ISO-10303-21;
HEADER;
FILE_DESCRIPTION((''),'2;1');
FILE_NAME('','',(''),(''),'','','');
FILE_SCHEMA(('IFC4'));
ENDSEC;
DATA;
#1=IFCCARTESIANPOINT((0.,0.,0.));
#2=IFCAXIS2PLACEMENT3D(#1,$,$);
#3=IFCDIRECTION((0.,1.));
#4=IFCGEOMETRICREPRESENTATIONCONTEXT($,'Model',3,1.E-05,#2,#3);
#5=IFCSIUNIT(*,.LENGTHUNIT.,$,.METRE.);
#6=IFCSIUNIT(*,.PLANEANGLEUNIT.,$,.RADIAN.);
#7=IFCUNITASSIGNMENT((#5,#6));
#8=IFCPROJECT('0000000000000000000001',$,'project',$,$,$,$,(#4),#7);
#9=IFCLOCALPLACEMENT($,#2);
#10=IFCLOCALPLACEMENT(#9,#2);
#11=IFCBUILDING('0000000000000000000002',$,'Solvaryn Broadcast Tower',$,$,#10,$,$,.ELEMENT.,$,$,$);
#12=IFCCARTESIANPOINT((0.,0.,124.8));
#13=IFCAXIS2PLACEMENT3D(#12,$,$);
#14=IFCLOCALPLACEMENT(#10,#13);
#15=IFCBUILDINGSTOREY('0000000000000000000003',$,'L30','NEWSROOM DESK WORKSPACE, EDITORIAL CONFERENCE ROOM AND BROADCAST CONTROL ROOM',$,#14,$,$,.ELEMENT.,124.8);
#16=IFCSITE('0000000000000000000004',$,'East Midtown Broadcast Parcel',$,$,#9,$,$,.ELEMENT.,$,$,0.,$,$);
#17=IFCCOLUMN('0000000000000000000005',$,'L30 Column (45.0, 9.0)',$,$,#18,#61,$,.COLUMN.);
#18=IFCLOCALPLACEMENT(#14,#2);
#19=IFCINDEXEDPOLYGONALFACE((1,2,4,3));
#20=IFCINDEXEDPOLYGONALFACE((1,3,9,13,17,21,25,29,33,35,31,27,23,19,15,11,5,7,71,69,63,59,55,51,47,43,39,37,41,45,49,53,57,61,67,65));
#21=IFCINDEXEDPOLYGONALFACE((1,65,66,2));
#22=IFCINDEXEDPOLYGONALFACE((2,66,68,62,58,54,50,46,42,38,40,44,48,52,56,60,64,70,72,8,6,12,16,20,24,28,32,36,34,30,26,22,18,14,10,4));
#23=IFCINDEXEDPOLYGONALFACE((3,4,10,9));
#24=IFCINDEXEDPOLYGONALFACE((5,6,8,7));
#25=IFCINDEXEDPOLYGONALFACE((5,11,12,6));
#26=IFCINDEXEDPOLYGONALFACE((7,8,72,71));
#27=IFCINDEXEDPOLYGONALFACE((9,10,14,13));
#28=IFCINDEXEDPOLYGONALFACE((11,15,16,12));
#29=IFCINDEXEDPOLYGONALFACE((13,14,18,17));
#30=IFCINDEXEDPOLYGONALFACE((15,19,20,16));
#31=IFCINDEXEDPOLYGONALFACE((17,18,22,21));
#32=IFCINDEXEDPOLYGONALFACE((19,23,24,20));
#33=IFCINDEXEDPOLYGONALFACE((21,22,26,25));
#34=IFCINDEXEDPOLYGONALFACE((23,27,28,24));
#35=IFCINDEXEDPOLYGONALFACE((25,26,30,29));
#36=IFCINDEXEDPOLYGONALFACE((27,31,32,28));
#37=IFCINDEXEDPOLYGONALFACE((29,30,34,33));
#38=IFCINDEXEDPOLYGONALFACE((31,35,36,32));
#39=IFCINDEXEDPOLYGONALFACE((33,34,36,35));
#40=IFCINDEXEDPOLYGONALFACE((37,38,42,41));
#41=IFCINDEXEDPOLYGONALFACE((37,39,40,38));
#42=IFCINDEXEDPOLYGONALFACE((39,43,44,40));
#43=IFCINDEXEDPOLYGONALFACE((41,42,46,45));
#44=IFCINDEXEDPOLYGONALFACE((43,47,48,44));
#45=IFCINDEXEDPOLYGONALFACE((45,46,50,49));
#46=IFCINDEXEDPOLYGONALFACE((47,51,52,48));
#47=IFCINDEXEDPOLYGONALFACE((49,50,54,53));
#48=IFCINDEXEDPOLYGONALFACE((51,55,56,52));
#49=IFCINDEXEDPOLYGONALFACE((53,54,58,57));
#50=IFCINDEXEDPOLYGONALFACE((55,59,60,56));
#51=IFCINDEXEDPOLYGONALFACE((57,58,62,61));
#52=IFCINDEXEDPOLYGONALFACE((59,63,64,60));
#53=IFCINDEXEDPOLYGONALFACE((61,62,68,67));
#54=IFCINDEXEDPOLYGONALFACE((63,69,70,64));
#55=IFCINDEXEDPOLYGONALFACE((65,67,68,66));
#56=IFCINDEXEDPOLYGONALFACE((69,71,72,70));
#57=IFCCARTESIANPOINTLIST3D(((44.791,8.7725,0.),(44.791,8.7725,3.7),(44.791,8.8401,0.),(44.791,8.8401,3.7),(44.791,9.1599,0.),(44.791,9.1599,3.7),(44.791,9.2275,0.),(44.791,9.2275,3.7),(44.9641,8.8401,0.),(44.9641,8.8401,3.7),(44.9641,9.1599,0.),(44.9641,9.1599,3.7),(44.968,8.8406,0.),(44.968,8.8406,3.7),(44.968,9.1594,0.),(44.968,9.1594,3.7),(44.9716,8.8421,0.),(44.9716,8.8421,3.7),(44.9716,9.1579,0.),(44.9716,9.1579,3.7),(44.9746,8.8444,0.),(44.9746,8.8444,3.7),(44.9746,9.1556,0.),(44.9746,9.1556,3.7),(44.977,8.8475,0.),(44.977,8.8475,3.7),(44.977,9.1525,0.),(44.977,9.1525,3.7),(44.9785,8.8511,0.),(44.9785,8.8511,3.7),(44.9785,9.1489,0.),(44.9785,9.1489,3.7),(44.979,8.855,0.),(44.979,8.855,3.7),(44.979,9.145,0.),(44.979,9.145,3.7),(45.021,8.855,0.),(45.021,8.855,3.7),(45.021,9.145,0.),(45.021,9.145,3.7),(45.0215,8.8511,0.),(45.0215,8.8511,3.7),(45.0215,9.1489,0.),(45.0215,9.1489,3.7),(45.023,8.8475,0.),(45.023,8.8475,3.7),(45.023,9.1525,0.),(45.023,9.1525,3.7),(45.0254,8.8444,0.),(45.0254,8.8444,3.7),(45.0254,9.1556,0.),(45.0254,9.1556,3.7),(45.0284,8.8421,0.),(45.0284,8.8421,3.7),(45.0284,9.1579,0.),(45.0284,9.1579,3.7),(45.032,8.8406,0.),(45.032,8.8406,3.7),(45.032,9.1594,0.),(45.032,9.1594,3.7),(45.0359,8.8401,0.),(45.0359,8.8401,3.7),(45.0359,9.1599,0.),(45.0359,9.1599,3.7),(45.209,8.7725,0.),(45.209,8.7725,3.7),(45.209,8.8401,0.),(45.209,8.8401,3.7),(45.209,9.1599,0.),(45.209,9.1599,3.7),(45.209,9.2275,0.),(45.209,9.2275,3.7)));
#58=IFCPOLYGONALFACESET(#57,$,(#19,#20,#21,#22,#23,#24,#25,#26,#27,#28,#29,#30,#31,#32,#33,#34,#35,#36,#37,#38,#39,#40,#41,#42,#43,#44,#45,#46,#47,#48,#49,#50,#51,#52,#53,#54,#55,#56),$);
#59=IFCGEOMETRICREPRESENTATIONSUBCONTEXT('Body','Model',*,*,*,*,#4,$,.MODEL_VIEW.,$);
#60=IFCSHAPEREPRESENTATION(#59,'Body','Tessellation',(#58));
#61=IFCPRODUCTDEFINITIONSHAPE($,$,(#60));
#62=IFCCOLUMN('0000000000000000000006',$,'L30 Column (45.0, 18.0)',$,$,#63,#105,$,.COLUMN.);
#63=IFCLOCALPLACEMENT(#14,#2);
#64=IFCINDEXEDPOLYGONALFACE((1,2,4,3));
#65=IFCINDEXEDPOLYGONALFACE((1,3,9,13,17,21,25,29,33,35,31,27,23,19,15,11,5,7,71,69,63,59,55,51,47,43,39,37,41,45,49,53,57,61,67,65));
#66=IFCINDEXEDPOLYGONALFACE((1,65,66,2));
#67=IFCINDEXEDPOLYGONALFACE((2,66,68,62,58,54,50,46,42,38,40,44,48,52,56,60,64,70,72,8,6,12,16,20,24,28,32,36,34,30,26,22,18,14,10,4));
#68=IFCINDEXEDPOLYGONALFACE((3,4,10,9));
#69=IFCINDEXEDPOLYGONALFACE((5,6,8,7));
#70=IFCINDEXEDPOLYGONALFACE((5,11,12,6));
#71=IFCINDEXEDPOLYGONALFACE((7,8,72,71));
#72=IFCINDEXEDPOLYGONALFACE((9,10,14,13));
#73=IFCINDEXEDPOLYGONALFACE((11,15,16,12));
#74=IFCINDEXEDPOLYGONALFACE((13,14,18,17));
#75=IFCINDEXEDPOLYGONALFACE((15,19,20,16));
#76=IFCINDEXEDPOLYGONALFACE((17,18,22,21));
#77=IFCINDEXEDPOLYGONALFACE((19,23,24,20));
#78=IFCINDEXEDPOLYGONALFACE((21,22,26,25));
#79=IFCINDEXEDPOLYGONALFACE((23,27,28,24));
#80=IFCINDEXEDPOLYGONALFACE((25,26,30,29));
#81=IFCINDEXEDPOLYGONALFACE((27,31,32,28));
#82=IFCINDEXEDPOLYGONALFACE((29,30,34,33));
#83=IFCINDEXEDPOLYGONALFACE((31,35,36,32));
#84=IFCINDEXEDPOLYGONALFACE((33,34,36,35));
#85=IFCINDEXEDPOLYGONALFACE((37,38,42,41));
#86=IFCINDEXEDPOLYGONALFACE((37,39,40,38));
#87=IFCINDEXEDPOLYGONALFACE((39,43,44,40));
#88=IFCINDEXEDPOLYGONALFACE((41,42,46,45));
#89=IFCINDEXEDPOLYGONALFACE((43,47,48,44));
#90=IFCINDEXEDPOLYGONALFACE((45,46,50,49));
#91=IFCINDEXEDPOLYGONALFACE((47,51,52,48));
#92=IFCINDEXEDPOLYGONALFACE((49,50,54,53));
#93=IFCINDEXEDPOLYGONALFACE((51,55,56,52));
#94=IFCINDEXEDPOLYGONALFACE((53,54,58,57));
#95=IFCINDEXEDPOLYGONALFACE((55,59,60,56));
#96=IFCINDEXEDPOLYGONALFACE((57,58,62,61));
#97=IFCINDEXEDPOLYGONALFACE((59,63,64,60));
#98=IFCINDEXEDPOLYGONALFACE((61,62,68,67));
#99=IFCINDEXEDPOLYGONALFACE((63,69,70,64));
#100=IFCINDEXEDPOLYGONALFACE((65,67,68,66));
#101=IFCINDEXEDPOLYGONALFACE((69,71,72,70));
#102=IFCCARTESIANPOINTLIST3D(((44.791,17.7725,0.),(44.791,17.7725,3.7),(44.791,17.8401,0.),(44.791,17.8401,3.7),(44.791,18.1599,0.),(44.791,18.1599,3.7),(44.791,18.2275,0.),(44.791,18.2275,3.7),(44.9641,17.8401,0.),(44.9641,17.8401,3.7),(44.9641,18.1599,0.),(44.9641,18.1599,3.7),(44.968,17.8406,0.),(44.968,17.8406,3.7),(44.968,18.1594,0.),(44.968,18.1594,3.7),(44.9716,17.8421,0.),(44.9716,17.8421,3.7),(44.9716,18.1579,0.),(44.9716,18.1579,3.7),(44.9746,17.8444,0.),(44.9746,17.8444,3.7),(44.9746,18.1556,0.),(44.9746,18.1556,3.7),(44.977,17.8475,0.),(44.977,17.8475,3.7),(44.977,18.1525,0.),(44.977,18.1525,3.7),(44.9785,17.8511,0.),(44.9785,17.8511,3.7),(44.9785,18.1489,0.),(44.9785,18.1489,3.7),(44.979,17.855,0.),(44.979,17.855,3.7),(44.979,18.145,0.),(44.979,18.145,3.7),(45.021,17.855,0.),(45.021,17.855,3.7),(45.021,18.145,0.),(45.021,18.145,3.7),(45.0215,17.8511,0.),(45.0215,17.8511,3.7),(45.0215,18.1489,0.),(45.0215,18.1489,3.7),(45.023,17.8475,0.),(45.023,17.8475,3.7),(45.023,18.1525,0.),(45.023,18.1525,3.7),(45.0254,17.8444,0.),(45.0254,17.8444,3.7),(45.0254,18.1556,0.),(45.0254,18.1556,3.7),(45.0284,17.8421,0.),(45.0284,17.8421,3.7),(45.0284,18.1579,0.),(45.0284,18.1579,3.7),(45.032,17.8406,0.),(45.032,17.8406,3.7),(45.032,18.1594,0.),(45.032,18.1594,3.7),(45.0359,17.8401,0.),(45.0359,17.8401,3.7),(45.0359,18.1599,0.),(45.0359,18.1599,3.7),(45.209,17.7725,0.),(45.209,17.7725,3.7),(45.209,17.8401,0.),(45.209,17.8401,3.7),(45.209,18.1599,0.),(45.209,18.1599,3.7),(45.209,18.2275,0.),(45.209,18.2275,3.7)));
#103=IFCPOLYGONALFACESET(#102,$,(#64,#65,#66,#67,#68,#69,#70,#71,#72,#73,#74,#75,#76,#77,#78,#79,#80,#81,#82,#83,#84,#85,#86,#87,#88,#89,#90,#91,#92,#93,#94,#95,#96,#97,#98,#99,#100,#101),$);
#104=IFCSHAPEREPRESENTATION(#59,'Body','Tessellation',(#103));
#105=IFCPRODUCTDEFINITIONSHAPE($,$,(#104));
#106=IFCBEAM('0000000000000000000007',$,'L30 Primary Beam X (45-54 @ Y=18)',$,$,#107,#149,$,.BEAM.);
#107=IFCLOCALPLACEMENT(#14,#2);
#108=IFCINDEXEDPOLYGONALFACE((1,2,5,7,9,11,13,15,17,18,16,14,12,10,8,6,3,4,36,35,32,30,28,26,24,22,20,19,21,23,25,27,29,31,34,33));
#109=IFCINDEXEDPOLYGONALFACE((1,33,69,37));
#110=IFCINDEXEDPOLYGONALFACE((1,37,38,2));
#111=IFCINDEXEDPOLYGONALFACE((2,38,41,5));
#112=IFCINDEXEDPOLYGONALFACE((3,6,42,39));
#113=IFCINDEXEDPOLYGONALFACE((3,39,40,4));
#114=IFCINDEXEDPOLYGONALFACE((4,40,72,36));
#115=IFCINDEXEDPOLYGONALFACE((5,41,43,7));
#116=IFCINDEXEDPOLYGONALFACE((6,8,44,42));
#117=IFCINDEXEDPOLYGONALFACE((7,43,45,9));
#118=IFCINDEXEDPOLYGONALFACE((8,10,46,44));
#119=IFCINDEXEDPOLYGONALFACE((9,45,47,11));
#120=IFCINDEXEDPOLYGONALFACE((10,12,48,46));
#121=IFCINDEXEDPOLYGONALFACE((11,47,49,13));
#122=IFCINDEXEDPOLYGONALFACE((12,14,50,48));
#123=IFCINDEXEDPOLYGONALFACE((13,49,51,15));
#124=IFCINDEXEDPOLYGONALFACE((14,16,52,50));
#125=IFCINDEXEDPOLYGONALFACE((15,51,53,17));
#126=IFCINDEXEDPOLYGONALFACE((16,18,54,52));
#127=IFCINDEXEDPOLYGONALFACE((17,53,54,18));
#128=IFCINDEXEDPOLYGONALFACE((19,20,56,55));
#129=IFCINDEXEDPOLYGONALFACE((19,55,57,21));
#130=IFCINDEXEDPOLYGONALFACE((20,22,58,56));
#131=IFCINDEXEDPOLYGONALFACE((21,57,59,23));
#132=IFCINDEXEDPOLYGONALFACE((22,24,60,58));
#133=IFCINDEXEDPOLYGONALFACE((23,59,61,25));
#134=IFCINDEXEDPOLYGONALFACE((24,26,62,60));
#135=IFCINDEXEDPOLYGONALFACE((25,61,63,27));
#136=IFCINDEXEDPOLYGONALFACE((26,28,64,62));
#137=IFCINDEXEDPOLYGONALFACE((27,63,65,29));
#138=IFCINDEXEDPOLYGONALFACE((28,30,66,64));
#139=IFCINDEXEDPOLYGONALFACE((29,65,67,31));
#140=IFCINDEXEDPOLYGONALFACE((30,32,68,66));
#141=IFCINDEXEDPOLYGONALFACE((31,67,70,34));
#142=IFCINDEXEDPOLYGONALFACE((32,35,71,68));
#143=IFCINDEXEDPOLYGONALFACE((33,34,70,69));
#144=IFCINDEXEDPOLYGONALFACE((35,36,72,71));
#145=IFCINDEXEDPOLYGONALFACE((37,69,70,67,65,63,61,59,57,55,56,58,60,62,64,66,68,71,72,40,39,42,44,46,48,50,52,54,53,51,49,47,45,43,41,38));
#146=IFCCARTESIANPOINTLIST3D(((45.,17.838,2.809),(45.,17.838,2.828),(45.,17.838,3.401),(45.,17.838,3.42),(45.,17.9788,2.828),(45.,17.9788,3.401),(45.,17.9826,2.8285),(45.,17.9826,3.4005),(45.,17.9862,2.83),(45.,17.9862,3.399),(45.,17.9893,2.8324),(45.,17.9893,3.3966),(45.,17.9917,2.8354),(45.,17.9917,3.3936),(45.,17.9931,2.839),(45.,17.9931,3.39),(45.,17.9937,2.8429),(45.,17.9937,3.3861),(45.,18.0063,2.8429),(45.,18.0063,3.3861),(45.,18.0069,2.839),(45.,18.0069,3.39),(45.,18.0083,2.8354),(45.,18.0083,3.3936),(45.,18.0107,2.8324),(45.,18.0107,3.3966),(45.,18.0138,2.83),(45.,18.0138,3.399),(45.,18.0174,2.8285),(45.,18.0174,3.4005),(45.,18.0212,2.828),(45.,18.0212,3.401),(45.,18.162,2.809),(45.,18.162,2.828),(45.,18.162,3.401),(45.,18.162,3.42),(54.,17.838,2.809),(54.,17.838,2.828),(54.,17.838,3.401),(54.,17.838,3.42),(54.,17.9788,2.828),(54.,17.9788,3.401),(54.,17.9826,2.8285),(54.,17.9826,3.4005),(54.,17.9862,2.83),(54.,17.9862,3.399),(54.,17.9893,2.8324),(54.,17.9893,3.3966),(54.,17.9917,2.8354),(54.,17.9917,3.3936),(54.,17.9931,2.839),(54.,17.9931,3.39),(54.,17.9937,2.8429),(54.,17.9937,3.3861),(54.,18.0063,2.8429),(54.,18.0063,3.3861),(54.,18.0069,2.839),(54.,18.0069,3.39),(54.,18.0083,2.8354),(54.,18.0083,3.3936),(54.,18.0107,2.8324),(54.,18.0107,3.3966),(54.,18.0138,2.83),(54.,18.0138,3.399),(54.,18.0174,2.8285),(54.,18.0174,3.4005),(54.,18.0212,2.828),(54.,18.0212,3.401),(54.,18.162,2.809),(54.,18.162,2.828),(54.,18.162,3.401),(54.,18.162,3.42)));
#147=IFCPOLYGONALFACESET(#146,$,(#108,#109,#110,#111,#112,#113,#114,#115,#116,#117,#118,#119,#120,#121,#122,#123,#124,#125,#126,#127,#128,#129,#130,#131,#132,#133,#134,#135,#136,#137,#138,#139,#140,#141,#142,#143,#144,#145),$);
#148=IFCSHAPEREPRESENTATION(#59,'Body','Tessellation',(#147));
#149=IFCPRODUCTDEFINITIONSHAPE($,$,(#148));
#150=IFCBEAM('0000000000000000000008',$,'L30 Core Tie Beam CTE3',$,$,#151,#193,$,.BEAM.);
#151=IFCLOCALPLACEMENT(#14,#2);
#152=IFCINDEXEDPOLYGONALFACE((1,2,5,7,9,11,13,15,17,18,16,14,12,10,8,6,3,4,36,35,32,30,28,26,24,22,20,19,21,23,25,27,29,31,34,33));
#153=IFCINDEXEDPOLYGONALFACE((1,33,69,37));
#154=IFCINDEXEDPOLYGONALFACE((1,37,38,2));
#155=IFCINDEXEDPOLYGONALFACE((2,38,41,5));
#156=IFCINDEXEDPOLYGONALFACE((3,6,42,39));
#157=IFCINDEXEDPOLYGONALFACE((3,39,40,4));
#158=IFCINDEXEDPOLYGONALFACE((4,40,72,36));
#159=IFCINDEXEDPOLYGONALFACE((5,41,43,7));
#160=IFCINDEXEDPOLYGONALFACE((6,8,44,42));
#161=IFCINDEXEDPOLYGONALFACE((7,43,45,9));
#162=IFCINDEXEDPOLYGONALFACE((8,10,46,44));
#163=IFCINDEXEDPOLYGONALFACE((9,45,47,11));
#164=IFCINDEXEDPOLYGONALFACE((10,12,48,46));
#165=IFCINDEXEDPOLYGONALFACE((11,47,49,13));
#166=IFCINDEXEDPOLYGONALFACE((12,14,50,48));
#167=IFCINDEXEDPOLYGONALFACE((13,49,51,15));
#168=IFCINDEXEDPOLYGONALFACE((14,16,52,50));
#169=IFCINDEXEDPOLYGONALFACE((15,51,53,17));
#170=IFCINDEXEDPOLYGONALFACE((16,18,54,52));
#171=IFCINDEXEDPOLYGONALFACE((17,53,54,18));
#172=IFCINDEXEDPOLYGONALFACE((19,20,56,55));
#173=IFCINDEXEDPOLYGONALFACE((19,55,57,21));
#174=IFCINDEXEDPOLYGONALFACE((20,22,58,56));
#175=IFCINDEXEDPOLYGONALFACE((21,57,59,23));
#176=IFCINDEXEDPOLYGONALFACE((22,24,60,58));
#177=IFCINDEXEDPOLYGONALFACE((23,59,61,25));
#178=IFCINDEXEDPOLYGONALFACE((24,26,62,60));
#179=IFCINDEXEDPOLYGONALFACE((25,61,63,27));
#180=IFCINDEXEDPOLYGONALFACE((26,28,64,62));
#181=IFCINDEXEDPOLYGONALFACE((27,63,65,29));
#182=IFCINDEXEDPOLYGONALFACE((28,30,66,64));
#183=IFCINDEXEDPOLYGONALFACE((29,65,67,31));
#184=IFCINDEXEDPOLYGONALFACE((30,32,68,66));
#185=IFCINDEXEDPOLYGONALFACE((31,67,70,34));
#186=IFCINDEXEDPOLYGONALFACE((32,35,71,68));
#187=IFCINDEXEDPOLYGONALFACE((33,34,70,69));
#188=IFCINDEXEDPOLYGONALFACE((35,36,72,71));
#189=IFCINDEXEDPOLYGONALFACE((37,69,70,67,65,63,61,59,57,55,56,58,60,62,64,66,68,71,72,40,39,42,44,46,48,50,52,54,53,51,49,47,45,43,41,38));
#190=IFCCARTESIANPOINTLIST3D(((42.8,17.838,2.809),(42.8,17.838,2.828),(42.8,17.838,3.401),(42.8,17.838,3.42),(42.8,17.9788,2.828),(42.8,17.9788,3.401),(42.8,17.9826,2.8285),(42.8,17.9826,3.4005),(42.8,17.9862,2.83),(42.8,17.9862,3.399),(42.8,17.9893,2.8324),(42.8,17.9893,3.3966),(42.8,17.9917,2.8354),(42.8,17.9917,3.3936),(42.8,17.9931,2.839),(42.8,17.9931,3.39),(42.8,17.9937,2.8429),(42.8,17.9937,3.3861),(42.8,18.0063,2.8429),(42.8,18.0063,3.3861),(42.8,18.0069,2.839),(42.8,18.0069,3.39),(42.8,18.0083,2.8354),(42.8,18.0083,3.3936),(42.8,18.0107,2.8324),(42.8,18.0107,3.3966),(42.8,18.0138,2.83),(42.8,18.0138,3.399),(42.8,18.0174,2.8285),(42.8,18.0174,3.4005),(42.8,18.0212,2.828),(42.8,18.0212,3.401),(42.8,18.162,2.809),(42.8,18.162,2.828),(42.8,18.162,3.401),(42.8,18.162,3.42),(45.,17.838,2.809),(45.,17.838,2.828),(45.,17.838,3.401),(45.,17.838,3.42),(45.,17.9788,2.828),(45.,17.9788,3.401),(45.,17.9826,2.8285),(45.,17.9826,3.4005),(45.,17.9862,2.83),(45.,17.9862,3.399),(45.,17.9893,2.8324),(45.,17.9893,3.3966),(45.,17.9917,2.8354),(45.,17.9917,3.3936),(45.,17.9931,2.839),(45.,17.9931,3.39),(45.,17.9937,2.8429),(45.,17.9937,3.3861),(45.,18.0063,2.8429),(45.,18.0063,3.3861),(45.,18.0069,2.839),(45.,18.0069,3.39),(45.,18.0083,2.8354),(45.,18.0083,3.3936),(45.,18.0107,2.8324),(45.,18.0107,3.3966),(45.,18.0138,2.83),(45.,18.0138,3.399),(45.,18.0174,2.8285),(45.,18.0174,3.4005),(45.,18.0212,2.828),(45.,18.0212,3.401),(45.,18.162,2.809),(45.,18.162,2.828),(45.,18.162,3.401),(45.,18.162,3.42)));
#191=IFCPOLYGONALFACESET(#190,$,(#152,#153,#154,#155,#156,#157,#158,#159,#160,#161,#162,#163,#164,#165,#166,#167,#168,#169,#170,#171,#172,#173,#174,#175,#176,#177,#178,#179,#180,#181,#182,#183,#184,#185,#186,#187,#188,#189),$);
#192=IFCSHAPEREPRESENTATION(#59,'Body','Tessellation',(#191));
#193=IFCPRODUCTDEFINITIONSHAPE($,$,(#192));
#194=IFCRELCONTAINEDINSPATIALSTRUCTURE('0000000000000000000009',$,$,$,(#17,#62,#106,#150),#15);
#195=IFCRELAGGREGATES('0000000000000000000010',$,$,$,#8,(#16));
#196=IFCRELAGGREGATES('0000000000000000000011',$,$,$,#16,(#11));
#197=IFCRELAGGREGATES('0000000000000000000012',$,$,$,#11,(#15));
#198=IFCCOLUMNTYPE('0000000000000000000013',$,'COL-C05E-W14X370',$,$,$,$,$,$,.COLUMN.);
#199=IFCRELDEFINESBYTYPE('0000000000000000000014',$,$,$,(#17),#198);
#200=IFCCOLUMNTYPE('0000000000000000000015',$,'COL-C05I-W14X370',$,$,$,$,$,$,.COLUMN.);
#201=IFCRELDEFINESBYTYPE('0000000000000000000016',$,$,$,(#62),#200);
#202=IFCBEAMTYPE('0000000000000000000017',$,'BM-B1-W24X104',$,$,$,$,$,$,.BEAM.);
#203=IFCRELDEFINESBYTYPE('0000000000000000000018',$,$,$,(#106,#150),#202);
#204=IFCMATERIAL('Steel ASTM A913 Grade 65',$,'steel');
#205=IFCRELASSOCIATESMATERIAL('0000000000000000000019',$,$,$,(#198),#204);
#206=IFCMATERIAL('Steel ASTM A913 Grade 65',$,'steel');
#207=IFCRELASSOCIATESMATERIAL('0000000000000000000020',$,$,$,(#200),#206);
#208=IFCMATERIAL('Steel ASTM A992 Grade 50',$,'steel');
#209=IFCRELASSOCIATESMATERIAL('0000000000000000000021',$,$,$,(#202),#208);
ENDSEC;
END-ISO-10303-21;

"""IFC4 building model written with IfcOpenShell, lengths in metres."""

from ifc_helpers import new_model, si_unit, direction, frame, origin, origin_2d, place, context, subcontext, project, spatial, i_section, extrude, material, material_profile, profile_set, type_object, element, save


model = new_model("IFC4")

# Units and contexts
model_context = context("Model", 3, precision=1e-05, world=origin(), true_north=direction((0.0, 1.0)))
body_context = subcontext(model_context, "Body", "Model", "MODEL_VIEW")
ifc_project = project(units=[si_unit("LENGTHUNIT", "METRE"), si_unit("PLANEANGLEUNIT", "RADIAN")], contexts=[model_context])

# Site, building, storey
site_placement = place(None, origin())
site = spatial("IfcSite", under=ifc_project, at=site_placement, Name="East Midtown Broadcast Parcel", CompositionType="ELEMENT", RefElevation=0.0)
building_placement = place(site_placement, origin())
building = spatial("IfcBuilding", under=site, at=building_placement, Name="Solvaryn Broadcast Tower", CompositionType="ELEMENT")
storey_placement = place(building_placement, frame((0.0, 0.0, 124.8)))
storey = spatial("IfcBuildingStorey", under=building, at=storey_placement, Name="L30", Description="NEWSROOM DESK WORKSPACE, EDITORIAL CONFERENCE ROOM AND BROADCAST CONTROL ROOM", CompositionType="ELEMENT", Elevation=124.8)

# Columns
ifc_material_1 = material(Name="Steel ASTM A913 Grade 65", Category="steel")
ifc_material_profile_1 = material_profile(ifc_material_1, i_section(OverallWidth=0.418, OverallDepth=0.4551, WebThickness=0.042, FlangeThickness=0.0676, FilletRadius=0.0149, at=origin_2d()))
ifc_profile_set_1 = profile_set([ifc_material_profile_1], Name="Steel ASTM A913 Grade 65")
column_type_1 = type_object("IfcColumnType", Name="COL-C05E-W14X370", PredefinedType="COLUMN", material=ifc_profile_set_1)
column_1_placement = place(storey_placement, frame((45.0, 9.0, 0.0), z_axis=(0.0, 0.0, 1.0), x_axis=(1.0, 0.0, 0.0)))
element("IfcColumn", 1, at=column_1_placement, inside=storey, type_object=column_type_1, Name="L30 Column (45.0, 9.0)", PredefinedType="COLUMN", context=body_context, shape_type="SweptSolid", body=[
    extrude(i_section(OverallWidth=0.418, OverallDepth=0.4551, WebThickness=0.042, FlangeThickness=0.0676, FilletRadius=0.0149, at=origin_2d()), origin(), (0.0, 0.0, 1.0), 3.7),
])
ifc_material_2 = material(Name="Steel ASTM A913 Grade 65", Category="steel")
ifc_material_profile_2 = material_profile(ifc_material_2, i_section(OverallWidth=0.418, OverallDepth=0.4551, WebThickness=0.042, FlangeThickness=0.0676, FilletRadius=0.0149, at=origin_2d()))
ifc_profile_set_2 = profile_set([ifc_material_profile_2], Name="Steel ASTM A913 Grade 65")
column_type_2 = type_object("IfcColumnType", Name="COL-C05I-W14X370", PredefinedType="COLUMN", material=ifc_profile_set_2)
column_2_placement = place(storey_placement, frame((45.0, 18.0, 0.0), z_axis=(0.0, 0.0, 1.0), x_axis=(1.0, 0.0, 0.0)))
element("IfcColumn", 2, at=column_2_placement, inside=storey, type_object=column_type_2, Name="L30 Column (45.0, 18.0)", PredefinedType="COLUMN", context=body_context, shape_type="SweptSolid", body=[
    extrude(i_section(OverallWidth=0.418, OverallDepth=0.4551, WebThickness=0.042, FlangeThickness=0.0676, FilletRadius=0.0149, at=origin_2d()), origin(), (0.0, 0.0, 1.0), 3.7),
])

# Beams
ifc_material_3 = material(Name="Steel ASTM A992 Grade 50", Category="steel")
ifc_material_profile_3 = material_profile(ifc_material_3, i_section(OverallWidth=0.324, OverallDepth=0.6111, WebThickness=0.0127, FlangeThickness=0.019, FilletRadius=0.0149, at=origin_2d()))
ifc_profile_set_3 = profile_set([ifc_material_profile_3], Name="Steel ASTM A992 Grade 50")
beam_type = type_object("IfcBeamType", Name="BM-B1-W24X104", PredefinedType="BEAM", material=ifc_profile_set_3)
beam_1_placement = place(storey_placement, frame((45.0, 18.0, 3.1145), z_axis=(1.0, 0.0, 0.0), x_axis=(0.0, 1.0, 0.0)))
element("IfcBeam", 3, at=beam_1_placement, inside=storey, type_object=beam_type, Name="L30 Primary Beam X (45-54 @ Y=18)", PredefinedType="BEAM", context=body_context, shape_type="SweptSolid", body=[
    extrude(i_section(OverallWidth=0.324, OverallDepth=0.6111, WebThickness=0.0127, FlangeThickness=0.019, FilletRadius=0.0149, at=origin_2d()), origin(), (0.0, 0.0, 1.0), 9.0),
])
beam_2_placement = place(storey_placement, frame((42.8, 18.0, 3.1145), z_axis=(1.0, 0.0, 0.0), x_axis=(0.0, 1.0, 0.0)))
element("IfcBeam", 4, at=beam_2_placement, inside=storey, type_object=beam_type, Name="L30 Core Tie Beam CTE3", PredefinedType="BEAM", context=body_context, shape_type="SweptSolid", body=[
    extrude(i_section(OverallWidth=0.324, OverallDepth=0.6111, WebThickness=0.0127, FlangeThickness=0.019, FilletRadius=0.0149, at=origin_2d()), origin(), (0.0, 0.0, 1.0), 2.2),
])

save(model, "model.ifc")
